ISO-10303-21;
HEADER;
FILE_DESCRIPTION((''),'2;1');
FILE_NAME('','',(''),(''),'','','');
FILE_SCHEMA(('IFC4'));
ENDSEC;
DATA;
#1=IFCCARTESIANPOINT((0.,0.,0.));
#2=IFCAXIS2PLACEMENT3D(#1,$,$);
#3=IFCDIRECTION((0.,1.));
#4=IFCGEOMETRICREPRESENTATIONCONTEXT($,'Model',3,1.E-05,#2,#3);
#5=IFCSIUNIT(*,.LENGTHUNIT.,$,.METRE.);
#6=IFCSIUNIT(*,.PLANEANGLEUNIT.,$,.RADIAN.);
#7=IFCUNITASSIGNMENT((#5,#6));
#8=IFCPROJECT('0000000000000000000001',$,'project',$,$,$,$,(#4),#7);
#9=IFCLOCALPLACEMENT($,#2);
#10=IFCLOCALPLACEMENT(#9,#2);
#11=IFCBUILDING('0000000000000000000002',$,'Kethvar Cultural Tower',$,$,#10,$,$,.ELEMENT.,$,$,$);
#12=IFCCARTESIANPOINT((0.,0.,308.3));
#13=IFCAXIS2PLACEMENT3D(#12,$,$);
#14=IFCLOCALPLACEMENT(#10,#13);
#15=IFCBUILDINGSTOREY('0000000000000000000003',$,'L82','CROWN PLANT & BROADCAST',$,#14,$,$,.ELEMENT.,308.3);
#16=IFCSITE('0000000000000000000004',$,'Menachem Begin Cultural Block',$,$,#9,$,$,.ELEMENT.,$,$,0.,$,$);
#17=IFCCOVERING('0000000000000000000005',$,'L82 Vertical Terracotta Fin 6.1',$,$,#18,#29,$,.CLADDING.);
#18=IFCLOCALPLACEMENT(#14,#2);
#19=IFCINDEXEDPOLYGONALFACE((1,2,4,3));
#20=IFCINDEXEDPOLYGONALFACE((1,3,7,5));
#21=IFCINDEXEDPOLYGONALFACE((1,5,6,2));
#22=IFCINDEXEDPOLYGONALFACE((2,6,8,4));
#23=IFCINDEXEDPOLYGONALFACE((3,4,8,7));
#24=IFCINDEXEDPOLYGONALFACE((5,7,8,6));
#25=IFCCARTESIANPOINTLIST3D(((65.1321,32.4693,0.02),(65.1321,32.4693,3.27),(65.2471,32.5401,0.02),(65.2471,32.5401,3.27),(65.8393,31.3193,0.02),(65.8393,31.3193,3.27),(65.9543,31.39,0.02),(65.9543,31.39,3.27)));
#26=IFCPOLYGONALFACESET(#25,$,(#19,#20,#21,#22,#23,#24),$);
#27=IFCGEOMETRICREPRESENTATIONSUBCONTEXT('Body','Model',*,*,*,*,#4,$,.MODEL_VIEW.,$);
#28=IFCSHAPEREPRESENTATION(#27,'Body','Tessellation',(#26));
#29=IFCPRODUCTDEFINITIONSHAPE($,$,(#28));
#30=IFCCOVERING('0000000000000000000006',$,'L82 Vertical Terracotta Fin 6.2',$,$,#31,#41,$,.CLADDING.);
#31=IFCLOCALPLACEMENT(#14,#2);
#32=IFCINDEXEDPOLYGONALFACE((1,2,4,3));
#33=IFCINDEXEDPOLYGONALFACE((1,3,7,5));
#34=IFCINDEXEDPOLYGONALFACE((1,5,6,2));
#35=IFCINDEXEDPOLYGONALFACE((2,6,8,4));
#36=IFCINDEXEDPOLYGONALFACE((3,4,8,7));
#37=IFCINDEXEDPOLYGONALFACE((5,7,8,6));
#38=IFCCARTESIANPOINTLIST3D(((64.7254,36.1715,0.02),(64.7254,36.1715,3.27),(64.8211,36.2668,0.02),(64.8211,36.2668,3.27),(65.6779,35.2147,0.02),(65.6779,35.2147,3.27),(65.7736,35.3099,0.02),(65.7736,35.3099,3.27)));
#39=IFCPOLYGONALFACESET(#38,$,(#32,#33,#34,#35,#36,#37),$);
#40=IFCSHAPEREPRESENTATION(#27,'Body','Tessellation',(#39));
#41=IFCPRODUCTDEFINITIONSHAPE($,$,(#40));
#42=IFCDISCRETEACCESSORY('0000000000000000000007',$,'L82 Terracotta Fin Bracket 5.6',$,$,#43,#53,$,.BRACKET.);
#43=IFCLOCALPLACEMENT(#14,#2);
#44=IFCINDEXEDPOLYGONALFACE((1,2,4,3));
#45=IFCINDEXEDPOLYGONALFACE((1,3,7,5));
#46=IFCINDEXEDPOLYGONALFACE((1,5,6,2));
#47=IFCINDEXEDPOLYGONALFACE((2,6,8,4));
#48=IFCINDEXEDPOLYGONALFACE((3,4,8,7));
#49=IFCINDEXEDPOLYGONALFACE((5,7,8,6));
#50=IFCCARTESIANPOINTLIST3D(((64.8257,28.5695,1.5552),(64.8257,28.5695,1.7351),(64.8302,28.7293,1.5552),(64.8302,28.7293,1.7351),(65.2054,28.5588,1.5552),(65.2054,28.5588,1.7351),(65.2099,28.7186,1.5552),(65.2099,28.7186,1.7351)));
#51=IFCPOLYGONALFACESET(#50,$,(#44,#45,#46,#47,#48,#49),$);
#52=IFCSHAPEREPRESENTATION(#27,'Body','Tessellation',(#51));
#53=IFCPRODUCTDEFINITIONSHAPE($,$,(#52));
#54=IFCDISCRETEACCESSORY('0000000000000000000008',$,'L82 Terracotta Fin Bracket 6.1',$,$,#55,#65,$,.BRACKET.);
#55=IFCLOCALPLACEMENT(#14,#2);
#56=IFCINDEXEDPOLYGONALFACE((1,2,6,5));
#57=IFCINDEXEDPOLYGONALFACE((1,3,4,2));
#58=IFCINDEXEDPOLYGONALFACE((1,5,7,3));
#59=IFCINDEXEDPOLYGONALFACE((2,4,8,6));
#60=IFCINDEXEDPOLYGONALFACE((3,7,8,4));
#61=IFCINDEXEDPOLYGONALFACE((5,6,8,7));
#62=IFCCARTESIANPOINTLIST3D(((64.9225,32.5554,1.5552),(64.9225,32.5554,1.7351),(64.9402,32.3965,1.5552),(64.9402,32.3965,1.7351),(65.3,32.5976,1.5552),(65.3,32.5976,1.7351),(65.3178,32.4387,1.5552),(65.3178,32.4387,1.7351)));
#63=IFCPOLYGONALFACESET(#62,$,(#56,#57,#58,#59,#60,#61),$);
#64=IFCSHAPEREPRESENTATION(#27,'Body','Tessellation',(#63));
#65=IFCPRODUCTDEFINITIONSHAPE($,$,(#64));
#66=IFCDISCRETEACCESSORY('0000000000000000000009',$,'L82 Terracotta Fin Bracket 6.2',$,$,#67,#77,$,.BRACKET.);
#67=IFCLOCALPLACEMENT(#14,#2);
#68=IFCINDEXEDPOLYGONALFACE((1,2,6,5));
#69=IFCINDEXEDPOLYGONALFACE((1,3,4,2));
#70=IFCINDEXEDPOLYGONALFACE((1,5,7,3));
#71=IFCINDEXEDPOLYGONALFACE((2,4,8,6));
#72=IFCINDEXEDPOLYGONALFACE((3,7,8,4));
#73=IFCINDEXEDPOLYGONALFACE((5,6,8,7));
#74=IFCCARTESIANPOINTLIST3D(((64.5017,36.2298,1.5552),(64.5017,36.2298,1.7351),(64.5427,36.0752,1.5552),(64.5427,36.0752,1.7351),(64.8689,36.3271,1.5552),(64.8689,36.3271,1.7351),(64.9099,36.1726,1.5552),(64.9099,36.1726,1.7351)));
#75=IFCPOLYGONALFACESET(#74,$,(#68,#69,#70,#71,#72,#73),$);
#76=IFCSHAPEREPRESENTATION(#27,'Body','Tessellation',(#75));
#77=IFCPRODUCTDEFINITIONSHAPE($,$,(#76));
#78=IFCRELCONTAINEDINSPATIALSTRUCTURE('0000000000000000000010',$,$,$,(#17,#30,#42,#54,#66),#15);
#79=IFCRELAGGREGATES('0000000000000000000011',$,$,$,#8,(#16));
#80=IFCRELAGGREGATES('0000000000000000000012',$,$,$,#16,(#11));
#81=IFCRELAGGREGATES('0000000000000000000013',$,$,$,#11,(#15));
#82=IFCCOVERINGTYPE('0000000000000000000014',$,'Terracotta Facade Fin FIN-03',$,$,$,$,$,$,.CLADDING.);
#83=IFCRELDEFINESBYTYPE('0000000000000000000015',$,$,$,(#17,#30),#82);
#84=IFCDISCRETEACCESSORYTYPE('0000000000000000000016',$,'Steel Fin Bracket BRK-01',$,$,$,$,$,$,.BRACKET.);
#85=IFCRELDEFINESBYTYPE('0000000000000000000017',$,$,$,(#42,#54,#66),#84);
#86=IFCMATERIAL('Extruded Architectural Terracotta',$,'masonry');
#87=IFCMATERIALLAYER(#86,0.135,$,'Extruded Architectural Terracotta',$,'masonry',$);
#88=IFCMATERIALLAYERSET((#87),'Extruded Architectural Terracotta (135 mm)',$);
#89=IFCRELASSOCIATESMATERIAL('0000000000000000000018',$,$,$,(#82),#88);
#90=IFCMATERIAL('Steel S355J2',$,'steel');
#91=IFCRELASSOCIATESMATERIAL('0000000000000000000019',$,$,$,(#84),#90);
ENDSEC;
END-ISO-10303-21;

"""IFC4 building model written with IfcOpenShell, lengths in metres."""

from ifc_helpers import new_model, si_unit, direction, frame, origin, origin_2d, place, context, subcontext, project, spatial, rectangle, extrude, source, transform, mapped, material, layer, layer_set, type_object, element, save


model = new_model("IFC4")

# Units and contexts
model_context = context("Model", 3, precision=1e-05, world=origin(), true_north=direction((0.0, 1.0)))
body_context = subcontext(model_context, "Body", "Model", "MODEL_VIEW")
ifc_project = project(units=[si_unit("LENGTHUNIT", "METRE"), si_unit("PLANEANGLEUNIT", "RADIAN")], contexts=[model_context])

# Site, building, storey
site_placement = place(None, origin())
site = spatial("IfcSite", under=ifc_project, at=site_placement, Name="Menachem Begin Cultural Block", CompositionType="ELEMENT", RefElevation=0.0)
building_placement = place(site_placement, origin())
building = spatial("IfcBuilding", under=site, at=building_placement, Name="Kethvar Cultural Tower", CompositionType="ELEMENT")
storey_placement = place(building_placement, frame((0.0, 0.0, 308.3)))
storey = spatial("IfcBuildingStorey", under=building, at=storey_placement, Name="L82", Description="CROWN PLANT & BROADCAST", CompositionType="ELEMENT", Elevation=308.3)

# Shared definitions
ifc_material_1 = material(Name="Steel S355J2", Category="steel")

# Coverings
ifc_material_2 = material(Name="Extruded Architectural Terracotta", Category="masonry")
ifc_layer_1 = layer(ifc_material_2, 0.135, Name="Extruded Architectural Terracotta", Category="masonry")
ifc_layer_set_1 = layer_set([ifc_layer_1], Name="Extruded Architectural Terracotta (135 mm)")
covering_type = type_object("IfcCoveringType", Name="Terracotta Facade Fin FIN-03", PredefinedType="CLADDING", material=ifc_layer_set_1)
shared_shape_1 = source(origin(), body_context, "Body", "SweptSolid", [
    extrude(rectangle(XDim=1.3501, YDim=0.135, at=origin_2d()), origin(), (0.0, 0.0, 1.0), 3.25),
])
for number, where, z_axis, x_axis, name in (
    (1, (65.5432, 31.9297, 0.02), (0.0, 0.0, 1.0), (0.523837, -0.851818, 0.0), "L82 Vertical Terracotta Fin 6.1"),
    (2, (65.2495, 35.7407, 0.02), (0.0, 0.0, 1.0), (0.705501, -0.708709, 0.0), "L82 Vertical Terracotta Fin 6.2"),
):
    element("IfcCovering", number, at=place(storey_placement, frame(where, z_axis=z_axis, x_axis=x_axis)), inside=storey, type_object=covering_type, Name=name, PredefinedType="CLADDING", context=body_context, shape_type="MappedRepresentation", body=[
        mapped(shared_shape_1, transform((0.0, 0.0, 0.0), scale=1.0)),
    ])

# Discrete accessories
discrete_accessory_type = type_object("IfcDiscreteAccessoryType", Name="Steel Fin Bracket BRK-01", PredefinedType="BRACKET", material=ifc_material_1)
shared_shape_2 = source(origin(), body_context, "Body", "SweptSolid", [
    extrude(rectangle(XDim=0.3799, YDim=0.1599, at=origin_2d()), origin(), (0.0, 0.0, 1.0), 0.1799),
])
for number, where, z_axis, x_axis, name in (
    (3, (65.0178, 28.644, 1.5552), (0.0, 0.0, 1.0), (0.999605, -0.028096, 0.0), "L82 Terracotta Fin Bracket 5.6"),
    (4, (65.1201, 32.4971, 1.5552), (0.0, 0.0, 1.0), (0.993807, 0.111122, 0.0), "L82 Terracotta Fin Bracket 6.1"),
    (5, (64.7058, 36.2012, 1.5552), (0.0, 0.0, 1.0), (0.9666, 0.256289, 0.0), "L82 Terracotta Fin Bracket 6.2"),
):
    element("IfcDiscreteAccessory", number, at=place(storey_placement, frame(where, z_axis=z_axis, x_axis=x_axis)), inside=storey, type_object=discrete_accessory_type, Name=name, PredefinedType="BRACKET", context=body_context, shape_type="MappedRepresentation", body=[
        mapped(shared_shape_2, transform((0.0, 0.0, 0.0), scale=1.0)),
    ])

save(model, "model.ifc")
